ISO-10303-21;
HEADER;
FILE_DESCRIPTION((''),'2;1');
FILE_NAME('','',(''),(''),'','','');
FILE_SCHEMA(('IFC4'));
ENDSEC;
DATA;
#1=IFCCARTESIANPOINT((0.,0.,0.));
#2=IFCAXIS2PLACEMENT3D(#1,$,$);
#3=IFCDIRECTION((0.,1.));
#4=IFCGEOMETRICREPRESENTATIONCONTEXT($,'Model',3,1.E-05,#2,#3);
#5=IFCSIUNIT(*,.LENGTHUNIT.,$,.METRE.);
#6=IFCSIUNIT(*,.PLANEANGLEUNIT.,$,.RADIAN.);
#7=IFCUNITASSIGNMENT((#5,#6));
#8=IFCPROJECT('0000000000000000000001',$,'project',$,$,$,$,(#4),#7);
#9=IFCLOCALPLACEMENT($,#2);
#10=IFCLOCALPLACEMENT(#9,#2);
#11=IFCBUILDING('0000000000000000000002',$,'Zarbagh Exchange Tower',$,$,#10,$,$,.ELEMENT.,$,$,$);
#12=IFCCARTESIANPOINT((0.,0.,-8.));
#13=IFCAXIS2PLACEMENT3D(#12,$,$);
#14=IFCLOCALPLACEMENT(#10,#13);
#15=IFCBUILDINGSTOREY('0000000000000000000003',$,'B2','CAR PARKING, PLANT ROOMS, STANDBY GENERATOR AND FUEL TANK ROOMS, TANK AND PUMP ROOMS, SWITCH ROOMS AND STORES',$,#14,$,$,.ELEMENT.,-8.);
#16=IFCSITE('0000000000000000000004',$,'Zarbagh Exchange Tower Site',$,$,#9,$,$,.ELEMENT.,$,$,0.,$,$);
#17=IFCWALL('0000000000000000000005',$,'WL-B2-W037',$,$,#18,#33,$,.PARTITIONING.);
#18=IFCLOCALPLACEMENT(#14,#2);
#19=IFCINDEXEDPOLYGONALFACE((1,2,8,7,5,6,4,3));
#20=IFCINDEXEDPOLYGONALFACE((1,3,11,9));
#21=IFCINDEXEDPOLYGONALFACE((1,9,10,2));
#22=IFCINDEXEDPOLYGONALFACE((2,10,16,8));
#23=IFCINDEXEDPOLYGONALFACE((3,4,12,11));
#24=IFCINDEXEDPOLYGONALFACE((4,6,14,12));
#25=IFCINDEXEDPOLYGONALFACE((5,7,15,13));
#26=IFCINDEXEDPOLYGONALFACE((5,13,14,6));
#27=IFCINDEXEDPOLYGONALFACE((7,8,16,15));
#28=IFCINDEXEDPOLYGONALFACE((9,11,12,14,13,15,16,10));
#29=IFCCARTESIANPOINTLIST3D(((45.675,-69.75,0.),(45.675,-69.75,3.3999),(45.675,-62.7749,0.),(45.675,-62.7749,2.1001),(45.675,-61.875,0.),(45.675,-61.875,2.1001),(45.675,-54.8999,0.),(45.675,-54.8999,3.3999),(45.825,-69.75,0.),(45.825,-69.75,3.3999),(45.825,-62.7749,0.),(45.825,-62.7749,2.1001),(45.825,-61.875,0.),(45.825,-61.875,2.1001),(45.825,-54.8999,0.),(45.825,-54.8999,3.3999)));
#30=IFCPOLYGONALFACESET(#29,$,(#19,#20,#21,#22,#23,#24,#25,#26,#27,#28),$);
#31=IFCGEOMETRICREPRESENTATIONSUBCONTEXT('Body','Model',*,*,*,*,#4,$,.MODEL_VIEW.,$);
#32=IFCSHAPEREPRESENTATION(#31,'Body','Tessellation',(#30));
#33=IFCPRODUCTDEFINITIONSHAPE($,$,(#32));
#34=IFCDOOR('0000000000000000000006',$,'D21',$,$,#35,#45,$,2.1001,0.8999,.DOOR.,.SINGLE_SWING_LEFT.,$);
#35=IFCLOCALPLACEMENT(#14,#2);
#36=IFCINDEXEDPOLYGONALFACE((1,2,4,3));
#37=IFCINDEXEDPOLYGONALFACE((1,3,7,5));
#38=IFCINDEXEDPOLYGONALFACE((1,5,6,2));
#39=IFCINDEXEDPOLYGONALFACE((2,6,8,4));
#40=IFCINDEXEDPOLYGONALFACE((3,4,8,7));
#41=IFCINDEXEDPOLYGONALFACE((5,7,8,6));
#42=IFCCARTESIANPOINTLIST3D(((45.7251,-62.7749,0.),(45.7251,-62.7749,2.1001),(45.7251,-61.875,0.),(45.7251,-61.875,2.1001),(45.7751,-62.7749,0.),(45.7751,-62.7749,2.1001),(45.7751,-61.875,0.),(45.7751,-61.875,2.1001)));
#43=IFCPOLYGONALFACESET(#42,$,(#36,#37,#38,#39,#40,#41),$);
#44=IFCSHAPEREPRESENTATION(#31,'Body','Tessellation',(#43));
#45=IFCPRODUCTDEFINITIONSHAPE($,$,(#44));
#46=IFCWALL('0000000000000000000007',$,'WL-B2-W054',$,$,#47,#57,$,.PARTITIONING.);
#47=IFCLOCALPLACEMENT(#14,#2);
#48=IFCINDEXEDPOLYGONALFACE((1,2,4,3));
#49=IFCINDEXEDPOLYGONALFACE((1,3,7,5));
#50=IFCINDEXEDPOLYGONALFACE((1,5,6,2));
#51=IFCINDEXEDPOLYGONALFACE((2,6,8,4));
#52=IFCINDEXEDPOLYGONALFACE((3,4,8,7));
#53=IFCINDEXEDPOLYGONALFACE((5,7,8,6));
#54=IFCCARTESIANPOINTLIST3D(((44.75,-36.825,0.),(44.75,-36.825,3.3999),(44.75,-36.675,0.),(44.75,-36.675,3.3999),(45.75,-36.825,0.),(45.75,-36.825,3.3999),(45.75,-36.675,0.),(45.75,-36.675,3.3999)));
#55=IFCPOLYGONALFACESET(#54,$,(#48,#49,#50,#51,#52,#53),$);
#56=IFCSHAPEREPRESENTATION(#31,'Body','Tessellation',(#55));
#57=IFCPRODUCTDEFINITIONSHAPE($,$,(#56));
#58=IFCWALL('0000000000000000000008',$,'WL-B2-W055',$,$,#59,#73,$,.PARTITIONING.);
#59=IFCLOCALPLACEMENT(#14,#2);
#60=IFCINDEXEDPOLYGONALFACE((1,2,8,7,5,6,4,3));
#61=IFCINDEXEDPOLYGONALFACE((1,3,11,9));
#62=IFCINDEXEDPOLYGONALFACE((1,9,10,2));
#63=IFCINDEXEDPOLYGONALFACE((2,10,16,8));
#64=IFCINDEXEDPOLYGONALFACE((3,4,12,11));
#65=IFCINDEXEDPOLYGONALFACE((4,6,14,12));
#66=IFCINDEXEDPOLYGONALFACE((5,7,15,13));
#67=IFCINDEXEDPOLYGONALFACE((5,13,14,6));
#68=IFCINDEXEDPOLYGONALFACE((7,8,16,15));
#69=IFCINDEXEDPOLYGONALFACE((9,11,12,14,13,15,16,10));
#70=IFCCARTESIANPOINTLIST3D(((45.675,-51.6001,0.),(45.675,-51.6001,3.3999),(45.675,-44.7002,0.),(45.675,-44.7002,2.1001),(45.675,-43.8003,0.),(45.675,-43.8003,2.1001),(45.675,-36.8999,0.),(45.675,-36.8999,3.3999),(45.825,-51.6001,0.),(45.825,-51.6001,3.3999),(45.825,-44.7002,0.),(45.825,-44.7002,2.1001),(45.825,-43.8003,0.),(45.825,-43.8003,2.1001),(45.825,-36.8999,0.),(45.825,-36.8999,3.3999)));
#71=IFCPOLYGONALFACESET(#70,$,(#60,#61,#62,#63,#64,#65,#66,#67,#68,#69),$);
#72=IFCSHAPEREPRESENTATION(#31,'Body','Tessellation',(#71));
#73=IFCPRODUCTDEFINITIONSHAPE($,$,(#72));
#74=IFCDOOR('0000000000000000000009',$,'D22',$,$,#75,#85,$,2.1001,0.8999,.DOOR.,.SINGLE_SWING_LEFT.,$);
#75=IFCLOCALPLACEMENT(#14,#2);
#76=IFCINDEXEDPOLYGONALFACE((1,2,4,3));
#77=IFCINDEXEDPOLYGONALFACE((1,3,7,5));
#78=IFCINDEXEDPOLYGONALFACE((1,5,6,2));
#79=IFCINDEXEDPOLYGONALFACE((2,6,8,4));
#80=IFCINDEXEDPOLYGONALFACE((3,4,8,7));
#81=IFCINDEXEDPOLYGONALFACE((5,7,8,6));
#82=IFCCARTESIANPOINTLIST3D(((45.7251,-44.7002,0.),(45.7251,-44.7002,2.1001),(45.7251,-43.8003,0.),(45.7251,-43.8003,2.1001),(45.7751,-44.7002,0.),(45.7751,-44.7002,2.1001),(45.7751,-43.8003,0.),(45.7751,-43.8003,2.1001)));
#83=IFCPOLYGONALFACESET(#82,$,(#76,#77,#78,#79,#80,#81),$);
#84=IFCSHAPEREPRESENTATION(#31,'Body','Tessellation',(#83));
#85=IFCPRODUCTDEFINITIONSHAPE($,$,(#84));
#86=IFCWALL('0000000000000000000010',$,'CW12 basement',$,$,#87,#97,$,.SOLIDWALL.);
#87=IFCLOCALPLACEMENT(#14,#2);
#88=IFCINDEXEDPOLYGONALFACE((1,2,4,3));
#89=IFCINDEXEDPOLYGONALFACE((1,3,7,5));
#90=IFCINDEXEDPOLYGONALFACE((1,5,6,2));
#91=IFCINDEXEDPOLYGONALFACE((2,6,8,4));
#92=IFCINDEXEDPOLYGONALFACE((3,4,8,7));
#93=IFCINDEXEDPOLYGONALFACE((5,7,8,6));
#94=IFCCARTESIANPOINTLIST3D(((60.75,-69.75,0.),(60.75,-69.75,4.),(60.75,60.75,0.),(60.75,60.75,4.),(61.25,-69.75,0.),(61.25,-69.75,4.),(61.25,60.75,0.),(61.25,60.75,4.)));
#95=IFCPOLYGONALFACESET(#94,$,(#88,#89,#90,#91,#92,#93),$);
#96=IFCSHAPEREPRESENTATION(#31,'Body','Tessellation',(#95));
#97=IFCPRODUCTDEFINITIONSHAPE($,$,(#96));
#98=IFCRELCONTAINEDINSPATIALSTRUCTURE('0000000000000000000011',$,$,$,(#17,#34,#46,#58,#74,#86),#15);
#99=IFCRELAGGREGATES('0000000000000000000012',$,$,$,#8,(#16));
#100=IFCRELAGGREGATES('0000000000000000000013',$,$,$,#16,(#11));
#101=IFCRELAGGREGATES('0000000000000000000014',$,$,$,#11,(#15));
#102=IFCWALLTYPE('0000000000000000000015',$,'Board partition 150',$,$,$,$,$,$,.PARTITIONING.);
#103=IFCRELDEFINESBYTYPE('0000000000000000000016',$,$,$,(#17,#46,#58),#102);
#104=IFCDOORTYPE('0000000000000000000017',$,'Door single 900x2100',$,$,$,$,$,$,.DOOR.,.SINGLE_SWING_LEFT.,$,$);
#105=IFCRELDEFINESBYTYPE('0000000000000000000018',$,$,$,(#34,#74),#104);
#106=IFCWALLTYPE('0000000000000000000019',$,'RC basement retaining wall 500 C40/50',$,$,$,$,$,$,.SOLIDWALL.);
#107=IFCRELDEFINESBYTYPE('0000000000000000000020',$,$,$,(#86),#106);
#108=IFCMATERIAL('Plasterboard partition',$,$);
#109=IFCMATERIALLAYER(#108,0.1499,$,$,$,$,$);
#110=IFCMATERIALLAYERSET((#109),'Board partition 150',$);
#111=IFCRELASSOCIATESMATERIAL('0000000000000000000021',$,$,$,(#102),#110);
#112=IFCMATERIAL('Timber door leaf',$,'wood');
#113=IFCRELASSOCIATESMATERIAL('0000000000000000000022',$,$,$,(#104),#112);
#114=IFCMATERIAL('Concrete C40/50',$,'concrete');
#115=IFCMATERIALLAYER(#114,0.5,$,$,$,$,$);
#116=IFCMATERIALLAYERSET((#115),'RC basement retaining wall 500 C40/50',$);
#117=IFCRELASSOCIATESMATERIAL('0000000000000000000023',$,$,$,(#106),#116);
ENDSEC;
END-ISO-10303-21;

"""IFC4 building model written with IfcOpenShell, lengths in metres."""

from ifc_helpers import new_model, si_unit, direction, frame, frame_2d, origin, place, context, subcontext, project, spatial, rectangle, extrude, material, layer, layer_set, type_object, element, fill, save


model = new_model("IFC4")

# Units and contexts
model_context = context("Model", 3, precision=1e-05, world=origin(), true_north=direction((0.0, 1.0)))
body_context = subcontext(model_context, "Body", "Model", "MODEL_VIEW")
ifc_project = project(units=[si_unit("LENGTHUNIT", "METRE"), si_unit("PLANEANGLEUNIT", "RADIAN")], contexts=[model_context])

# Site, building, storey
site_placement = place(None, origin())
site = spatial("IfcSite", under=ifc_project, at=site_placement, Name="Zarbagh Exchange Tower Site", CompositionType="ELEMENT", RefElevation=0.0)
building_placement = place(site_placement, origin())
building = spatial("IfcBuilding", under=site, at=building_placement, Name="Zarbagh Exchange Tower", CompositionType="ELEMENT")
storey_placement = place(building_placement, frame((0.0, 0.0, -8.0)))
storey = spatial("IfcBuildingStorey", under=building, at=storey_placement, Name="B2", Description="CAR PARKING, PLANT ROOMS, STANDBY GENERATOR AND FUEL TANK ROOMS, TANK AND PUMP ROOMS, SWITCH ROOMS AND STORES", CompositionType="ELEMENT", Elevation=-8.0)

# Shared definitions
ifc_material_1 = material(Name="Concrete C40/50", Category="concrete")

# Shared definitions
ifc_material_2 = material(Name="Plasterboard partition")
ifc_layer_1 = layer(ifc_material_2, 0.1499)
ifc_layer_set_1 = layer_set([ifc_layer_1], Name="Board partition 150")
wall_type_1 = type_object("IfcWallType", Name="Board partition 150", PredefinedType="PARTITIONING", material=ifc_layer_set_1)

# Wall, opening, door
wall_1_placement = place(storey_placement, frame((45.75, -69.75, 0.0), z_axis=(0.0, 0.0, 1.0), x_axis=(0.0, 1.0, 0.0)))
wall_1 = element("IfcWall", 1, at=wall_1_placement, inside=storey, type_object=wall_type_1, Name="WL-B2-W037", PredefinedType="PARTITIONING", context=body_context, shape_type="SweptSolid", body=[
    extrude(rectangle(XDim=14.8501, YDim=0.1499, at=frame_2d((7.425, 0.0))), origin(), (0.0, 0.0, 1.0), 3.3999),
])
opening_1_placement = place(wall_1_placement, frame((6.9751, 0.0, 0.0)))
opening_1 = element("IfcOpeningElement", 2, at=opening_1_placement, cuts=wall_1, PredefinedType="OPENING", context=body_context, shape_type="SweptSolid", body=[
    extrude(rectangle(XDim=0.8999, YDim=2.1001, at=frame_2d((0.45, 1.05))), frame((0.0, 0.085, 0.0), z_axis=(0.0, -1.0, 0.0), x_axis=(1.0, 0.0, 0.0)), (0.0, 0.0, 1.0), 0.1699),
])
ifc_material_3 = material(Name="Timber door leaf", Category="wood")
door_type = type_object("IfcDoorType", Name="Door single 900x2100", OperationType="SINGLE_SWING_LEFT", PredefinedType="DOOR", material=ifc_material_3)
door_1_placement = place(opening_1_placement, origin())
door_1 = element("IfcDoor", 3, at=door_1_placement, inside=storey, type_object=door_type, Name="D21", OperationType="SINGLE_SWING_LEFT", OverallHeight=2.1001, OverallWidth=0.8999, PredefinedType="DOOR", context=body_context, shape_type="SweptSolid", body=[
    extrude(rectangle(XDim=0.8999, YDim=2.1001, at=frame_2d((0.45, 1.05))), frame((0.0, 0.0249, 0.0), z_axis=(0.0, -1.0, 0.0), x_axis=(1.0, 0.0, 0.0)), (0.0, 0.0, 1.0), 0.05),
])
fill(opening_1, door_1)

# Wall
wall_2_placement = place(storey_placement, frame((44.75, -36.75, 0.0), z_axis=(0.0, 0.0, 1.0), x_axis=(1.0, 0.0, 0.0)))
element("IfcWall", 4, at=wall_2_placement, inside=storey, type_object=wall_type_1, Name="WL-B2-W054", PredefinedType="PARTITIONING", context=body_context, shape_type="SweptSolid", body=[
    extrude(rectangle(XDim=1.0, YDim=0.1499, at=frame_2d((0.5, 0.0))), origin(), (0.0, 0.0, 1.0), 3.3999),
])

# Wall, opening, door
wall_3_placement = place(storey_placement, frame((45.75, -51.6001, 0.0), z_axis=(0.0, 0.0, 1.0), x_axis=(0.0, 1.0, 0.0)))
wall_3 = element("IfcWall", 5, at=wall_3_placement, inside=storey, type_object=wall_type_1, Name="WL-B2-W055", PredefinedType="PARTITIONING", context=body_context, shape_type="SweptSolid", body=[
    extrude(rectangle(XDim=14.7002, YDim=0.1499, at=frame_2d((7.3501, 0.0))), origin(), (0.0, 0.0, 1.0), 3.3999),
])
opening_2_placement = place(wall_3_placement, frame((6.8999, 0.0, 0.0)))
opening_2 = element("IfcOpeningElement", 6, at=opening_2_placement, cuts=wall_3, PredefinedType="OPENING", context=body_context, shape_type="SweptSolid", body=[
    extrude(rectangle(XDim=0.8999, YDim=2.1001, at=frame_2d((0.45, 1.05))), frame((0.0, 0.085, 0.0), z_axis=(0.0, -1.0, 0.0), x_axis=(1.0, 0.0, 0.0)), (0.0, 0.0, 1.0), 0.1699),
])
door_2_placement = place(opening_2_placement, origin())
door_2 = element("IfcDoor", 7, at=door_2_placement, inside=storey, type_object=door_type, Name="D22", OperationType="SINGLE_SWING_LEFT", OverallHeight=2.1001, OverallWidth=0.8999, PredefinedType="DOOR", context=body_context, shape_type="SweptSolid", body=[
    extrude(rectangle(XDim=0.8999, YDim=2.1001, at=frame_2d((0.45, 1.05))), frame((0.0, 0.0249, 0.0), z_axis=(0.0, -1.0, 0.0), x_axis=(1.0, 0.0, 0.0)), (0.0, 0.0, 1.0), 0.05),
])
fill(opening_2, door_2)

# Wall
ifc_layer_2 = layer(ifc_material_1, 0.5)
ifc_layer_set_2 = layer_set([ifc_layer_2], Name="RC basement retaining wall 500 C40/50")
wall_type_2 = type_object("IfcWallType", Name="RC basement retaining wall 500 C40/50", PredefinedType="SOLIDWALL", material=ifc_layer_set_2)
wall_4_placement = place(storey_placement, frame((61.0, -69.75, 0.0), z_axis=(0.0, 0.0, 1.0), x_axis=(0.0, 1.0, 0.0)))
element("IfcWall", 8, at=wall_4_placement, inside=storey, type_object=wall_type_2, Name="CW12 basement", PredefinedType="SOLIDWALL", context=body_context, shape_type="SweptSolid", body=[
    extrude(rectangle(XDim=130.5, YDim=0.5, at=frame_2d((65.25, 0.0))), origin(), (0.0, 0.0, 1.0), 4.0),
])

save(model, "model.ifc")
